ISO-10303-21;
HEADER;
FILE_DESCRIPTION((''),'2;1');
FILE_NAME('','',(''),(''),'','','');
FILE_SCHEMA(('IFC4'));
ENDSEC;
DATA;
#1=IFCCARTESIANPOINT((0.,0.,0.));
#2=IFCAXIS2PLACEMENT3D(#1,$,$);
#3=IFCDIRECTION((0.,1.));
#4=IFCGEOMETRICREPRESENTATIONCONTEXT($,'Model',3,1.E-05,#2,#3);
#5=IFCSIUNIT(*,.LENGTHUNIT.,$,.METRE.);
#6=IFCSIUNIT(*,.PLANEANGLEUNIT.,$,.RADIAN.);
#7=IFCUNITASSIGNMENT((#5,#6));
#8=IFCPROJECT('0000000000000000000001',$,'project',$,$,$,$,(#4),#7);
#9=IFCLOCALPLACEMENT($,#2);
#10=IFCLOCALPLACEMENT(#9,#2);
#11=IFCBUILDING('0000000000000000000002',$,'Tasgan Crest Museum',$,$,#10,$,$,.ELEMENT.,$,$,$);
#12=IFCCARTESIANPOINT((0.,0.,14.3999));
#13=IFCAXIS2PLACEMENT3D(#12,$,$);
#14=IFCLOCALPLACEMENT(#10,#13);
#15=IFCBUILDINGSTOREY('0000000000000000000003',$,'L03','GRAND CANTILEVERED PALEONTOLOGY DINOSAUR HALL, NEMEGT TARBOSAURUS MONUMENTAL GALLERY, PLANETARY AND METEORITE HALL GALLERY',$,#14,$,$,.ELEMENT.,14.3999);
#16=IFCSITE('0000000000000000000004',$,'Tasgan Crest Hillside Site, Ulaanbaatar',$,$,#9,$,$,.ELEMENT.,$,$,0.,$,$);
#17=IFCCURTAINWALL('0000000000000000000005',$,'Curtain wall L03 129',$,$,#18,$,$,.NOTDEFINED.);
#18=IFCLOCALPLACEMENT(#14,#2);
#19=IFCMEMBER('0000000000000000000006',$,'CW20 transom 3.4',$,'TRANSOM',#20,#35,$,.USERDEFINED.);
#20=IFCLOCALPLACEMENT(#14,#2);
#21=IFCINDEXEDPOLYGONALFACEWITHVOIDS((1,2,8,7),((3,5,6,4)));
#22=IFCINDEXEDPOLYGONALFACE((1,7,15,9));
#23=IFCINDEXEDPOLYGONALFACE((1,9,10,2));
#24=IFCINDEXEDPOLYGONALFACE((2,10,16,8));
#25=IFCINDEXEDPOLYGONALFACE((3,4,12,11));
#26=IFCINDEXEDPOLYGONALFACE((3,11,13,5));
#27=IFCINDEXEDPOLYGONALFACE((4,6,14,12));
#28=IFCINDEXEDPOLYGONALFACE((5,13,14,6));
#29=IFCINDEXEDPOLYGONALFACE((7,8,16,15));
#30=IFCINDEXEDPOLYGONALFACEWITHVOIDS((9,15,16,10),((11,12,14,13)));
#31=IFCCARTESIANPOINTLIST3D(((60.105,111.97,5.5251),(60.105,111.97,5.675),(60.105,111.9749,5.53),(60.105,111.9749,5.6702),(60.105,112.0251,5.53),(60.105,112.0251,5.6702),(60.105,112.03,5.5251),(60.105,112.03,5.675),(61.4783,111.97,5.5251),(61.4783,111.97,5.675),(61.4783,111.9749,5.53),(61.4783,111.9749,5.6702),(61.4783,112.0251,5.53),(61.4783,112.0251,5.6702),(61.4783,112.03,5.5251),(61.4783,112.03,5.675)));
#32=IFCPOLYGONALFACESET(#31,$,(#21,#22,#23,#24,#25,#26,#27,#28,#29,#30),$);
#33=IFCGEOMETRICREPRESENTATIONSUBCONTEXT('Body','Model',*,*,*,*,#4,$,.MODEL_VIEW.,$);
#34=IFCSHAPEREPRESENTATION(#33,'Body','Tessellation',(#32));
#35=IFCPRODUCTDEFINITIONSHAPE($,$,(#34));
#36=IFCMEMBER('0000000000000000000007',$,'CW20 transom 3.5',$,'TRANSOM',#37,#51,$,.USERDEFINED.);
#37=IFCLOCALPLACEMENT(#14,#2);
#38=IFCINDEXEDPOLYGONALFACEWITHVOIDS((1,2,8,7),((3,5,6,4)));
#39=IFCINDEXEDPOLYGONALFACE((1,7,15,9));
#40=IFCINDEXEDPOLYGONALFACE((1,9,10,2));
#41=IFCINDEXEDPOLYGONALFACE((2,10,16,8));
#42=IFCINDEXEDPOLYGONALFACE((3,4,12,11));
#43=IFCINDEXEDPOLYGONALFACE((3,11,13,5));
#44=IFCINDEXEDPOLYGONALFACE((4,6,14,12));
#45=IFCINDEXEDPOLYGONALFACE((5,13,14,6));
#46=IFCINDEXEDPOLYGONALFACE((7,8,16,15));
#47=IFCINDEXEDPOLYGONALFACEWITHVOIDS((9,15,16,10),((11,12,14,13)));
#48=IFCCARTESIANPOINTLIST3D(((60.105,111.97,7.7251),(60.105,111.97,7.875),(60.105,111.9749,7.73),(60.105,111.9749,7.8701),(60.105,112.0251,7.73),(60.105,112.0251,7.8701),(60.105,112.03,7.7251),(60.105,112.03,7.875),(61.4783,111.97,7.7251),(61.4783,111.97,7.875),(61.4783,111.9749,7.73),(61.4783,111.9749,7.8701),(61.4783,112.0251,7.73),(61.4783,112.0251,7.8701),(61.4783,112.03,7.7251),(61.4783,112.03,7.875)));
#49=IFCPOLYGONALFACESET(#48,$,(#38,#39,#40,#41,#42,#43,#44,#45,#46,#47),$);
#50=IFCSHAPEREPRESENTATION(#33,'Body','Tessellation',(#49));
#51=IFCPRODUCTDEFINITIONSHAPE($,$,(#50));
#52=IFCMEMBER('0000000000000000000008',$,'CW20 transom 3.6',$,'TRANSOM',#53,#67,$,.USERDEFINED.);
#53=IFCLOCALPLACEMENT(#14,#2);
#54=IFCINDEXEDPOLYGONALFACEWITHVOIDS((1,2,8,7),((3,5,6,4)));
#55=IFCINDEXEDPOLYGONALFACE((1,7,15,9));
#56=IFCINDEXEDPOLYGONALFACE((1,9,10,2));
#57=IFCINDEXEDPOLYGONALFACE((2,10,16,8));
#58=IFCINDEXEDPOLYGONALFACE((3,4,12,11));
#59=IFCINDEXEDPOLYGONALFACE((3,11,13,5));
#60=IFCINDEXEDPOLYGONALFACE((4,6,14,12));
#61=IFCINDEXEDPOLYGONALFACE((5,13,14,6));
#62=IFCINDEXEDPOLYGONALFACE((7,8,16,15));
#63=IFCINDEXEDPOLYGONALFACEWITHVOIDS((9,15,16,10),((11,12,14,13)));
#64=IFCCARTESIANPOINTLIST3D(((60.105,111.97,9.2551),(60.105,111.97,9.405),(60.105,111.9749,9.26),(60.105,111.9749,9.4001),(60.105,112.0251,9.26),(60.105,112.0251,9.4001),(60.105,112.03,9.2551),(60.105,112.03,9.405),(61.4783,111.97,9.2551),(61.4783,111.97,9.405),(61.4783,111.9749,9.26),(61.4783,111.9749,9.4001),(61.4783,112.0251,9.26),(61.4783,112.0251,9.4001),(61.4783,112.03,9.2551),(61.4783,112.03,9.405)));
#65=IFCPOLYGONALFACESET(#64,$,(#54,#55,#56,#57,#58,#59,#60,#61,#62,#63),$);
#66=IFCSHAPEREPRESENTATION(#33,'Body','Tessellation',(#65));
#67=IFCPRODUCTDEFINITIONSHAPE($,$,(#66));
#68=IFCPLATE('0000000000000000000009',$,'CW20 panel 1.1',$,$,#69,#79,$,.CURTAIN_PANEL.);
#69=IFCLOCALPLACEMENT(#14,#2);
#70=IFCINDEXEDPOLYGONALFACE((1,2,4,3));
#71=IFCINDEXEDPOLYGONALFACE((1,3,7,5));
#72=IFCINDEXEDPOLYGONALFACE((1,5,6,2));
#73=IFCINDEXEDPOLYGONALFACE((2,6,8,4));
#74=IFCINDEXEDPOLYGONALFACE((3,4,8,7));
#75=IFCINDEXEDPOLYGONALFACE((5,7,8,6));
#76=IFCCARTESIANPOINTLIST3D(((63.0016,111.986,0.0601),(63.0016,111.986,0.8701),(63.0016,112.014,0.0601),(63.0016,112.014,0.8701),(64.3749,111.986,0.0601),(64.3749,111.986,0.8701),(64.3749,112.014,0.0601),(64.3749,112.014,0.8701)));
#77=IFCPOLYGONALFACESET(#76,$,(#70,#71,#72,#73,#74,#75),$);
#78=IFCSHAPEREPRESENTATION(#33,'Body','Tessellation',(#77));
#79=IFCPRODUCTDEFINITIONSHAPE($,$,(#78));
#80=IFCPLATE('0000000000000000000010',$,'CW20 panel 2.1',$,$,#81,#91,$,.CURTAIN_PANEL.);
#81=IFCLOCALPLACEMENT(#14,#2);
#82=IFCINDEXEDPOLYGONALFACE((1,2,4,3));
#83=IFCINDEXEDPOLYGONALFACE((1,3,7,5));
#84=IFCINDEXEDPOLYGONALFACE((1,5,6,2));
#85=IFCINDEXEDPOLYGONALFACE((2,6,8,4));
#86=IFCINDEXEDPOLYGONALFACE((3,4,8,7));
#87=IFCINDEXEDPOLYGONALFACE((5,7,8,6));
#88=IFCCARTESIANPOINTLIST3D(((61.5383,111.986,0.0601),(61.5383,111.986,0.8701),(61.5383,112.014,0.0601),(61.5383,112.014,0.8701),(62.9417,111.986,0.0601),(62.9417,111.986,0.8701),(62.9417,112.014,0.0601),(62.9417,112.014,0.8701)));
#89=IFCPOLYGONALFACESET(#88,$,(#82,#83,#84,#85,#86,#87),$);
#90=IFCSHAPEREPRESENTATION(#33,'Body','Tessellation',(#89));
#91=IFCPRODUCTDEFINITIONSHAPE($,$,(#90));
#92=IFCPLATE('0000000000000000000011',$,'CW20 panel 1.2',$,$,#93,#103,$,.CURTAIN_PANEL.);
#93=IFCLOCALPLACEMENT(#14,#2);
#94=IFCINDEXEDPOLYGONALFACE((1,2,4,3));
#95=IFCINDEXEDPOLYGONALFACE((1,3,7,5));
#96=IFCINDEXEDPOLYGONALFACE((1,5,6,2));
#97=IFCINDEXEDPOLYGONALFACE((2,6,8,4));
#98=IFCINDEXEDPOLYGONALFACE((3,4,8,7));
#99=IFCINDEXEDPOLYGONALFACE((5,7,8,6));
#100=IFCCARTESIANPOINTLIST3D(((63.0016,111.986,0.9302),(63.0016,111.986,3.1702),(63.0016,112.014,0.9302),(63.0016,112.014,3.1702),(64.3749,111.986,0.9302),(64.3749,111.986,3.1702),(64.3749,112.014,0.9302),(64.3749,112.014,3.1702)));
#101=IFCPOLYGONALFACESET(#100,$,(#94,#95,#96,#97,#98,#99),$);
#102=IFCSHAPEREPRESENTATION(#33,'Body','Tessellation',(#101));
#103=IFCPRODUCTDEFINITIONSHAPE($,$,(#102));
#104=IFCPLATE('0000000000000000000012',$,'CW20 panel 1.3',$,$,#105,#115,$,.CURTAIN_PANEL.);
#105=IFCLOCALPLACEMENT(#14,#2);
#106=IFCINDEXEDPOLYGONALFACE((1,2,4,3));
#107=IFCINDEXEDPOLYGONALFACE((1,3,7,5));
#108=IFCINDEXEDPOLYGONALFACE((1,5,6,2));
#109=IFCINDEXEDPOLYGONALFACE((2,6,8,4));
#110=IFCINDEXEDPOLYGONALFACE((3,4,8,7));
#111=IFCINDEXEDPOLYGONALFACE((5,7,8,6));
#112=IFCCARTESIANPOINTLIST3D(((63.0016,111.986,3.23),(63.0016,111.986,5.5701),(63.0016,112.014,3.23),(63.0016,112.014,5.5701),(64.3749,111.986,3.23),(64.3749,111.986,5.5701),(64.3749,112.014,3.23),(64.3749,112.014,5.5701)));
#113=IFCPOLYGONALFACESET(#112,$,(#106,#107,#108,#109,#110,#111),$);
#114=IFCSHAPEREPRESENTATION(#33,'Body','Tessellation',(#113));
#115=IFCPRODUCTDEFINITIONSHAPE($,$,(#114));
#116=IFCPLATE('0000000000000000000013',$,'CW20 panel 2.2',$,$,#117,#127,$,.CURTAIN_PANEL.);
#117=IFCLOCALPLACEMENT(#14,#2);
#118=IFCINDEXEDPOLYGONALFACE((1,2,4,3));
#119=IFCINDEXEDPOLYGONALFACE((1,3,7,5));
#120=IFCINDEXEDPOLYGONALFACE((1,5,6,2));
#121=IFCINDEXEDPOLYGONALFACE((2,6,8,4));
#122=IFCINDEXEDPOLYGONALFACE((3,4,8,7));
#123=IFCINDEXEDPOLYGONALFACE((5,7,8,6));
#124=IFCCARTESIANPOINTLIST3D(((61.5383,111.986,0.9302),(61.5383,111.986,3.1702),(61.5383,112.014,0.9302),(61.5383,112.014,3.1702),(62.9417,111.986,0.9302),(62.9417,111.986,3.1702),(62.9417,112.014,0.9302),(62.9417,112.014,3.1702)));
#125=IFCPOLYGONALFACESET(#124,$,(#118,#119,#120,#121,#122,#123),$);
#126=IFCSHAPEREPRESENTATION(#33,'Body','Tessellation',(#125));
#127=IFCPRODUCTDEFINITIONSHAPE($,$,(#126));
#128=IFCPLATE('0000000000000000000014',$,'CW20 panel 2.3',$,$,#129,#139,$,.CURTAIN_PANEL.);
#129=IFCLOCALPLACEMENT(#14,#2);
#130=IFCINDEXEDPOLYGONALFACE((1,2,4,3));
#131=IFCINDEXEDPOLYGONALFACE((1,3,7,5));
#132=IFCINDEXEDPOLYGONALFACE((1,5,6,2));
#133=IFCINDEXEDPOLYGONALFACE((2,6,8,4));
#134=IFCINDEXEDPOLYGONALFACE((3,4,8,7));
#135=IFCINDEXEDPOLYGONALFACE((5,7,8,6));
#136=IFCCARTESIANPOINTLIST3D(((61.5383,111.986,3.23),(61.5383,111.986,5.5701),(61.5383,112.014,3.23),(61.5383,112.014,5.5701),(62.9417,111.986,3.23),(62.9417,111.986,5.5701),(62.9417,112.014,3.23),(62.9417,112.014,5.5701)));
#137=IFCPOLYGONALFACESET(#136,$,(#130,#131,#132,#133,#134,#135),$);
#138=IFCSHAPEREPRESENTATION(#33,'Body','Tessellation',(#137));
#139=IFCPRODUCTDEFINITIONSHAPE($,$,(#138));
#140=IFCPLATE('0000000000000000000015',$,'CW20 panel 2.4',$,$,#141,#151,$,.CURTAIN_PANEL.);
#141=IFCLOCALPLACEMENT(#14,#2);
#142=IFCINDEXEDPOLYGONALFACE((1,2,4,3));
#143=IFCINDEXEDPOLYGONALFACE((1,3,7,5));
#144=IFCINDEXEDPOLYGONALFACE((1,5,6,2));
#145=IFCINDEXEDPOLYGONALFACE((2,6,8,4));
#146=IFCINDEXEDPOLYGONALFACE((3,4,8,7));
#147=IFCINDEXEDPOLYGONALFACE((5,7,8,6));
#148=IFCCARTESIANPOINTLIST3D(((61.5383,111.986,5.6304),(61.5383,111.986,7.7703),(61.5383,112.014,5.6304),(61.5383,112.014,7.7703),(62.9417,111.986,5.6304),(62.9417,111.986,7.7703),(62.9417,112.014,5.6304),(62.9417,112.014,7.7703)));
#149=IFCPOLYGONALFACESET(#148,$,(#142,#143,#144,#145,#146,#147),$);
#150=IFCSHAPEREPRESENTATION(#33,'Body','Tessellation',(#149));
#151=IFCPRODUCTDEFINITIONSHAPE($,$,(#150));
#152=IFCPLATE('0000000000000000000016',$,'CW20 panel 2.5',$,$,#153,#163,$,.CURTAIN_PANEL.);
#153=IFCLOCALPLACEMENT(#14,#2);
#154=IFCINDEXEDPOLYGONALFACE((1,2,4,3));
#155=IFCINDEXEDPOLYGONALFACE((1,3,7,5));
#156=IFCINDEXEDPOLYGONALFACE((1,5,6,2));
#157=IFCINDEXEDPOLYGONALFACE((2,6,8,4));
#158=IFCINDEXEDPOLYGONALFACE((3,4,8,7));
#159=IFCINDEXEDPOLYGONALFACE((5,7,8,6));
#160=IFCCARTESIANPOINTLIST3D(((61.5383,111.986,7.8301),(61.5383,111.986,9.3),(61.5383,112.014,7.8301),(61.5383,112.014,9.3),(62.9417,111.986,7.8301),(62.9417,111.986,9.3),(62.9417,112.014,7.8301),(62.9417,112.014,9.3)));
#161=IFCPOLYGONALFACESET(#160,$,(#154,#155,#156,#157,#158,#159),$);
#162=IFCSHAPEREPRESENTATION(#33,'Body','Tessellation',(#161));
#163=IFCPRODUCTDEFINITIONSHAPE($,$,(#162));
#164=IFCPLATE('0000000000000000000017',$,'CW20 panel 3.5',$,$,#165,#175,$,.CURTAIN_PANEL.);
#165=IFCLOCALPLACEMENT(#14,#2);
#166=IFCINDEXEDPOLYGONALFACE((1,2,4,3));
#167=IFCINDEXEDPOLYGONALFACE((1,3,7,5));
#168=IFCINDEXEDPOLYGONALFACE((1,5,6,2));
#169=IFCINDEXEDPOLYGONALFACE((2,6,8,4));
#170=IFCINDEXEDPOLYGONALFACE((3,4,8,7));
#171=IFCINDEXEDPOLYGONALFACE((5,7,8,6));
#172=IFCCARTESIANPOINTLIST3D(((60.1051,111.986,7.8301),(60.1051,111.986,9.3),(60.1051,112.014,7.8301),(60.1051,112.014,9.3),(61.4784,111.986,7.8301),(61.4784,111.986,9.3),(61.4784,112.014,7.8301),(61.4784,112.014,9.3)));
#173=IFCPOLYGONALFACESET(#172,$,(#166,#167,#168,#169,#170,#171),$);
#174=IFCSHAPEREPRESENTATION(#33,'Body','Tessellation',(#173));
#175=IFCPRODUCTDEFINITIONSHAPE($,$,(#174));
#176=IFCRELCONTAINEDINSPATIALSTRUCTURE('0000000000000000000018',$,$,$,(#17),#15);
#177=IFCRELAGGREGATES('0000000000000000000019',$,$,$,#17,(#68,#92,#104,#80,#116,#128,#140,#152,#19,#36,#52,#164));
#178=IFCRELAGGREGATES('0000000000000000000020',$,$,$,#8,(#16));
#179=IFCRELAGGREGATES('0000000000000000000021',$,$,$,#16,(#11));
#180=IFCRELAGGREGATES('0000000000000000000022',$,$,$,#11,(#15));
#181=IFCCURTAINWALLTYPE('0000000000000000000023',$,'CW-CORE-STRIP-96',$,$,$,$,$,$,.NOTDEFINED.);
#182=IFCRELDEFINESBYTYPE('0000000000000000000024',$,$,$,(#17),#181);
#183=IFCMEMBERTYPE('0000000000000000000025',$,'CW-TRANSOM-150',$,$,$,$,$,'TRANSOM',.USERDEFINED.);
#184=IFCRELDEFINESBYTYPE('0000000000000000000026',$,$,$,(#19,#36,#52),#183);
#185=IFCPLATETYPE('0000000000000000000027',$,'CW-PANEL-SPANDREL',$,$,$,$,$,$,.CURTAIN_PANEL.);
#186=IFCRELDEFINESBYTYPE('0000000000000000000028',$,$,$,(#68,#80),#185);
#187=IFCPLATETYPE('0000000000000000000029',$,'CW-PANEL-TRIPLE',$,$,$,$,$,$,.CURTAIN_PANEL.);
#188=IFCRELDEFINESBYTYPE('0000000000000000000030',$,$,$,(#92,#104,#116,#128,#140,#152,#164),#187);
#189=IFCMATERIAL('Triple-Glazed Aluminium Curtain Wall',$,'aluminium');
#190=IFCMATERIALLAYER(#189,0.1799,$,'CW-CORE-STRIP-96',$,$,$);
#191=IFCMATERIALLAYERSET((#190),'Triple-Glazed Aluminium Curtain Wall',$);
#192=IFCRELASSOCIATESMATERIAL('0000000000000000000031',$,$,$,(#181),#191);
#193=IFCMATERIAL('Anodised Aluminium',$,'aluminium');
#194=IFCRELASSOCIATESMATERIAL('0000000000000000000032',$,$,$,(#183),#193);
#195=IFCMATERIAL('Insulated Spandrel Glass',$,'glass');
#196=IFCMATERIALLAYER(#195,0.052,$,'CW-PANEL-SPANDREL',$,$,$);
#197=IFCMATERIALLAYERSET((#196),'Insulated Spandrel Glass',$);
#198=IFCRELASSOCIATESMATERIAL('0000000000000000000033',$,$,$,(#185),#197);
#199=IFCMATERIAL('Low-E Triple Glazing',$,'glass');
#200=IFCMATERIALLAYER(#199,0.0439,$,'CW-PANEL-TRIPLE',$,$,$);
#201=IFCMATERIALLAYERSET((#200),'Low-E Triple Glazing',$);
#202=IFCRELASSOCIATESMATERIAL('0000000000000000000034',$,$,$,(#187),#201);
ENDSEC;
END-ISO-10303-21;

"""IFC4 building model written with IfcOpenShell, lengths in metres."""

from ifc_helpers import new_model, si_unit, direction, frame, origin, origin_2d, place, context, subcontext, project, spatial, rectangle, hollow_rectangle, extrude, material, layer, layer_set, material_profile, profile_set, type_object, element, aggregate, save


model = new_model("IFC4")

# Units and contexts
model_context = context("Model", 3, precision=1e-05, world=origin(), true_north=direction((0.0, 1.0)))
body_context = subcontext(model_context, "Body", "Model", "MODEL_VIEW")
ifc_project = project(units=[si_unit("LENGTHUNIT", "METRE"), si_unit("PLANEANGLEUNIT", "RADIAN")], contexts=[model_context])

# Site, building, storey
site_placement = place(None, origin())
site = spatial("IfcSite", under=ifc_project, at=site_placement, Name="Tasgan Crest Hillside Site, Ulaanbaatar", CompositionType="ELEMENT", RefElevation=0.0)
building_placement = place(site_placement, origin())
building = spatial("IfcBuilding", under=site, at=building_placement, Name="Tasgan Crest Museum", CompositionType="ELEMENT")
storey_placement = place(building_placement, frame((0.0, 0.0, 14.3999)))
storey = spatial("IfcBuildingStorey", under=building, at=storey_placement, Name="L03", Description="GRAND CANTILEVERED PALEONTOLOGY DINOSAUR HALL, NEMEGT TARBOSAURUS MONUMENTAL GALLERY, PLANETARY AND METEORITE HALL GALLERY", CompositionType="ELEMENT", Elevation=14.3999)

# Curtain wall, members, plates
ifc_material_1 = material(Name="Triple-Glazed Aluminium Curtain Wall", Category="aluminium")
ifc_layer_1 = layer(ifc_material_1, 0.1799, Name="CW-CORE-STRIP-96")
ifc_layer_set_1 = layer_set([ifc_layer_1], Name="Triple-Glazed Aluminium Curtain Wall")
curtain_wall_type = type_object("IfcCurtainWallType", Name="CW-CORE-STRIP-96", PredefinedType="NOTDEFINED", material=ifc_layer_set_1)
curtain_wall_placement = place(storey_placement, origin())
curtain_wall = element("IfcCurtainWall", 1, at=curtain_wall_placement, inside=storey, type_object=curtain_wall_type, Name="Curtain wall L03 129", PredefinedType="NOTDEFINED")
ifc_material_2 = material(Name="Anodised Aluminium", Category="aluminium")
ifc_material_profile_1 = material_profile(ifc_material_2, hollow_rectangle(XDim=0.0601, YDim=0.1499, WallThickness=0.0049, at=origin_2d()), Name="ALU TRANSOM 150x60x5")
ifc_profile_set_1 = profile_set([ifc_material_profile_1], Name="Anodised Aluminium")
member_type_1 = type_object("IfcMemberType", Name="CW-TRANSOM-150", ElementType="TRANSOM", PredefinedType="USERDEFINED", material=ifc_profile_set_1)
member_1_placement = place(storey_placement, frame((61.4783, 112.0, 5.6001), z_axis=(-1.0, 0.0, 0.0), x_axis=(0.0, -1.0, 0.0)))
member_1 = element("IfcMember", 2, at=member_1_placement, type_object=member_type_1, Name="CW20 transom 3.4", ObjectType="TRANSOM", PredefinedType="USERDEFINED", context=body_context, shape_type="SweptSolid", body=[
    extrude(hollow_rectangle(XDim=0.0601, YDim=0.1499, WallThickness=0.0049, at=origin_2d()), origin(), (0.0, 0.0, 1.0), 1.3733),
])
member_2_placement = place(storey_placement, frame((61.4783, 112.0, 7.8), z_axis=(-1.0, 0.0, 0.0), x_axis=(0.0, -1.0, 0.0)))
member_2 = element("IfcMember", 3, at=member_2_placement, type_object=member_type_1, Name="CW20 transom 3.5", ObjectType="TRANSOM", PredefinedType="USERDEFINED", context=body_context, shape_type="SweptSolid", body=[
    extrude(hollow_rectangle(XDim=0.0601, YDim=0.1499, WallThickness=0.0049, at=origin_2d()), origin(), (0.0, 0.0, 1.0), 1.3733),
])
member_3_placement = place(storey_placement, frame((61.4783, 112.0, 9.3301), z_axis=(-1.0, 0.0, 0.0), x_axis=(0.0, -1.0, 0.0)))
member_3 = element("IfcMember", 4, at=member_3_placement, type_object=member_type_1, Name="CW20 transom 3.6", ObjectType="TRANSOM", PredefinedType="USERDEFINED", context=body_context, shape_type="SweptSolid", body=[
    extrude(hollow_rectangle(XDim=0.0601, YDim=0.1499, WallThickness=0.0049, at=origin_2d()), origin(), (0.0, 0.0, 1.0), 1.3733),
])
ifc_material_3 = material(Name="Insulated Spandrel Glass", Category="glass")
ifc_layer_2 = layer(ifc_material_3, 0.052, Name="CW-PANEL-SPANDREL")
ifc_layer_set_2 = layer_set([ifc_layer_2], Name="Insulated Spandrel Glass")
plate_type_1 = type_object("IfcPlateType", Name="CW-PANEL-SPANDREL", PredefinedType="CURTAIN_PANEL", material=ifc_layer_set_2)
plate_1_placement = place(storey_placement, frame((63.6882, 112.0, 0.0601), z_axis=(0.0, 0.0, 1.0), x_axis=(-1.0, 0.0, 0.0)))
plate_1 = element("IfcPlate", 5, at=plate_1_placement, type_object=plate_type_1, Name="CW20 panel 1.1", PredefinedType="CURTAIN_PANEL", context=body_context, shape_type="SweptSolid", body=[
    extrude(rectangle(XDim=1.3733, YDim=0.0281, at=origin_2d()), origin(), (0.0, 0.0, 1.0), 0.8101),
])
plate_2_placement = place(storey_placement, frame((62.24, 112.0, 0.0601), z_axis=(0.0, 0.0, 1.0), x_axis=(-1.0, 0.0, 0.0)))
plate_2 = element("IfcPlate", 6, at=plate_2_placement, type_object=plate_type_1, Name="CW20 panel 2.1", PredefinedType="CURTAIN_PANEL", context=body_context, shape_type="SweptSolid", body=[
    extrude(rectangle(XDim=1.4033, YDim=0.0281, at=origin_2d()), origin(), (0.0, 0.0, 1.0), 0.8101),
])
ifc_material_4 = material(Name="Low-E Triple Glazing", Category="glass")
ifc_layer_3 = layer(ifc_material_4, 0.0439, Name="CW-PANEL-TRIPLE")
ifc_layer_set_3 = layer_set([ifc_layer_3], Name="Low-E Triple Glazing")
plate_type_2 = type_object("IfcPlateType", Name="CW-PANEL-TRIPLE", PredefinedType="CURTAIN_PANEL", material=ifc_layer_set_3)
plate_3_placement = place(storey_placement, frame((63.6882, 112.0, 0.9302), z_axis=(0.0, 0.0, 1.0), x_axis=(-1.0, 0.0, 0.0)))
plate_3 = element("IfcPlate", 7, at=plate_3_placement, type_object=plate_type_2, Name="CW20 panel 1.2", PredefinedType="CURTAIN_PANEL", context=body_context, shape_type="SweptSolid", body=[
    extrude(rectangle(XDim=1.3733, YDim=0.0281, at=origin_2d()), origin(), (0.0, 0.0, 1.0), 2.24),
])
plate_4_placement = place(storey_placement, frame((63.6882, 112.0, 3.23), z_axis=(0.0, 0.0, 1.0), x_axis=(-1.0, 0.0, 0.0)))
plate_4 = element("IfcPlate", 8, at=plate_4_placement, type_object=plate_type_2, Name="CW20 panel 1.3", PredefinedType="CURTAIN_PANEL", context=body_context, shape_type="SweptSolid", body=[
    extrude(rectangle(XDim=1.3733, YDim=0.0281, at=origin_2d()), origin(), (0.0, 0.0, 1.0), 2.3401),
])
plate_5_placement = place(storey_placement, frame((62.24, 112.0, 0.9302), z_axis=(0.0, 0.0, 1.0), x_axis=(-1.0, 0.0, 0.0)))
plate_5 = element("IfcPlate", 9, at=plate_5_placement, type_object=plate_type_2, Name="CW20 panel 2.2", PredefinedType="CURTAIN_PANEL", context=body_context, shape_type="SweptSolid", body=[
    extrude(rectangle(XDim=1.4033, YDim=0.0281, at=origin_2d()), origin(), (0.0, 0.0, 1.0), 2.24),
])
plate_6_placement = place(storey_placement, frame((62.24, 112.0, 3.23), z_axis=(0.0, 0.0, 1.0), x_axis=(-1.0, 0.0, 0.0)))
plate_6 = element("IfcPlate", 10, at=plate_6_placement, type_object=plate_type_2, Name="CW20 panel 2.3", PredefinedType="CURTAIN_PANEL", context=body_context, shape_type="SweptSolid", body=[
    extrude(rectangle(XDim=1.4033, YDim=0.0281, at=origin_2d()), origin(), (0.0, 0.0, 1.0), 2.3401),
])
plate_7_placement = place(storey_placement, frame((62.24, 112.0, 5.6304), z_axis=(0.0, 0.0, 1.0), x_axis=(-1.0, 0.0, 0.0)))
plate_7 = element("IfcPlate", 11, at=plate_7_placement, type_object=plate_type_2, Name="CW20 panel 2.4", PredefinedType="CURTAIN_PANEL", context=body_context, shape_type="SweptSolid", body=[
    extrude(rectangle(XDim=1.4033, YDim=0.0281, at=origin_2d()), origin(), (0.0, 0.0, 1.0), 2.1399),
])
plate_8_placement = place(storey_placement, frame((62.24, 112.0, 7.8301), z_axis=(0.0, 0.0, 1.0), x_axis=(-1.0, 0.0, 0.0)))
plate_8 = element("IfcPlate", 12, at=plate_8_placement, type_object=plate_type_2, Name="CW20 panel 2.5", PredefinedType="CURTAIN_PANEL", context=body_context, shape_type="SweptSolid", body=[
    extrude(rectangle(XDim=1.4033, YDim=0.0281, at=origin_2d()), origin(), (0.0, 0.0, 1.0), 1.47),
])
plate_9_placement = place(storey_placement, frame((60.7917, 112.0, 7.8301), z_axis=(0.0, 0.0, 1.0), x_axis=(-1.0, 0.0, 0.0)))
plate_9 = element("IfcPlate", 13, at=plate_9_placement, type_object=plate_type_2, Name="CW20 panel 3.5", PredefinedType="CURTAIN_PANEL", context=body_context, shape_type="SweptSolid", body=[
    extrude(rectangle(XDim=1.3733, YDim=0.0281, at=origin_2d()), origin(), (0.0, 0.0, 1.0), 1.47),
])
aggregate(curtain_wall, [plate_1, plate_3, plate_4, plate_2, plate_5, plate_6, plate_7, plate_8, member_1, member_2, member_3, plate_9])

save(model, "model.ifc")
